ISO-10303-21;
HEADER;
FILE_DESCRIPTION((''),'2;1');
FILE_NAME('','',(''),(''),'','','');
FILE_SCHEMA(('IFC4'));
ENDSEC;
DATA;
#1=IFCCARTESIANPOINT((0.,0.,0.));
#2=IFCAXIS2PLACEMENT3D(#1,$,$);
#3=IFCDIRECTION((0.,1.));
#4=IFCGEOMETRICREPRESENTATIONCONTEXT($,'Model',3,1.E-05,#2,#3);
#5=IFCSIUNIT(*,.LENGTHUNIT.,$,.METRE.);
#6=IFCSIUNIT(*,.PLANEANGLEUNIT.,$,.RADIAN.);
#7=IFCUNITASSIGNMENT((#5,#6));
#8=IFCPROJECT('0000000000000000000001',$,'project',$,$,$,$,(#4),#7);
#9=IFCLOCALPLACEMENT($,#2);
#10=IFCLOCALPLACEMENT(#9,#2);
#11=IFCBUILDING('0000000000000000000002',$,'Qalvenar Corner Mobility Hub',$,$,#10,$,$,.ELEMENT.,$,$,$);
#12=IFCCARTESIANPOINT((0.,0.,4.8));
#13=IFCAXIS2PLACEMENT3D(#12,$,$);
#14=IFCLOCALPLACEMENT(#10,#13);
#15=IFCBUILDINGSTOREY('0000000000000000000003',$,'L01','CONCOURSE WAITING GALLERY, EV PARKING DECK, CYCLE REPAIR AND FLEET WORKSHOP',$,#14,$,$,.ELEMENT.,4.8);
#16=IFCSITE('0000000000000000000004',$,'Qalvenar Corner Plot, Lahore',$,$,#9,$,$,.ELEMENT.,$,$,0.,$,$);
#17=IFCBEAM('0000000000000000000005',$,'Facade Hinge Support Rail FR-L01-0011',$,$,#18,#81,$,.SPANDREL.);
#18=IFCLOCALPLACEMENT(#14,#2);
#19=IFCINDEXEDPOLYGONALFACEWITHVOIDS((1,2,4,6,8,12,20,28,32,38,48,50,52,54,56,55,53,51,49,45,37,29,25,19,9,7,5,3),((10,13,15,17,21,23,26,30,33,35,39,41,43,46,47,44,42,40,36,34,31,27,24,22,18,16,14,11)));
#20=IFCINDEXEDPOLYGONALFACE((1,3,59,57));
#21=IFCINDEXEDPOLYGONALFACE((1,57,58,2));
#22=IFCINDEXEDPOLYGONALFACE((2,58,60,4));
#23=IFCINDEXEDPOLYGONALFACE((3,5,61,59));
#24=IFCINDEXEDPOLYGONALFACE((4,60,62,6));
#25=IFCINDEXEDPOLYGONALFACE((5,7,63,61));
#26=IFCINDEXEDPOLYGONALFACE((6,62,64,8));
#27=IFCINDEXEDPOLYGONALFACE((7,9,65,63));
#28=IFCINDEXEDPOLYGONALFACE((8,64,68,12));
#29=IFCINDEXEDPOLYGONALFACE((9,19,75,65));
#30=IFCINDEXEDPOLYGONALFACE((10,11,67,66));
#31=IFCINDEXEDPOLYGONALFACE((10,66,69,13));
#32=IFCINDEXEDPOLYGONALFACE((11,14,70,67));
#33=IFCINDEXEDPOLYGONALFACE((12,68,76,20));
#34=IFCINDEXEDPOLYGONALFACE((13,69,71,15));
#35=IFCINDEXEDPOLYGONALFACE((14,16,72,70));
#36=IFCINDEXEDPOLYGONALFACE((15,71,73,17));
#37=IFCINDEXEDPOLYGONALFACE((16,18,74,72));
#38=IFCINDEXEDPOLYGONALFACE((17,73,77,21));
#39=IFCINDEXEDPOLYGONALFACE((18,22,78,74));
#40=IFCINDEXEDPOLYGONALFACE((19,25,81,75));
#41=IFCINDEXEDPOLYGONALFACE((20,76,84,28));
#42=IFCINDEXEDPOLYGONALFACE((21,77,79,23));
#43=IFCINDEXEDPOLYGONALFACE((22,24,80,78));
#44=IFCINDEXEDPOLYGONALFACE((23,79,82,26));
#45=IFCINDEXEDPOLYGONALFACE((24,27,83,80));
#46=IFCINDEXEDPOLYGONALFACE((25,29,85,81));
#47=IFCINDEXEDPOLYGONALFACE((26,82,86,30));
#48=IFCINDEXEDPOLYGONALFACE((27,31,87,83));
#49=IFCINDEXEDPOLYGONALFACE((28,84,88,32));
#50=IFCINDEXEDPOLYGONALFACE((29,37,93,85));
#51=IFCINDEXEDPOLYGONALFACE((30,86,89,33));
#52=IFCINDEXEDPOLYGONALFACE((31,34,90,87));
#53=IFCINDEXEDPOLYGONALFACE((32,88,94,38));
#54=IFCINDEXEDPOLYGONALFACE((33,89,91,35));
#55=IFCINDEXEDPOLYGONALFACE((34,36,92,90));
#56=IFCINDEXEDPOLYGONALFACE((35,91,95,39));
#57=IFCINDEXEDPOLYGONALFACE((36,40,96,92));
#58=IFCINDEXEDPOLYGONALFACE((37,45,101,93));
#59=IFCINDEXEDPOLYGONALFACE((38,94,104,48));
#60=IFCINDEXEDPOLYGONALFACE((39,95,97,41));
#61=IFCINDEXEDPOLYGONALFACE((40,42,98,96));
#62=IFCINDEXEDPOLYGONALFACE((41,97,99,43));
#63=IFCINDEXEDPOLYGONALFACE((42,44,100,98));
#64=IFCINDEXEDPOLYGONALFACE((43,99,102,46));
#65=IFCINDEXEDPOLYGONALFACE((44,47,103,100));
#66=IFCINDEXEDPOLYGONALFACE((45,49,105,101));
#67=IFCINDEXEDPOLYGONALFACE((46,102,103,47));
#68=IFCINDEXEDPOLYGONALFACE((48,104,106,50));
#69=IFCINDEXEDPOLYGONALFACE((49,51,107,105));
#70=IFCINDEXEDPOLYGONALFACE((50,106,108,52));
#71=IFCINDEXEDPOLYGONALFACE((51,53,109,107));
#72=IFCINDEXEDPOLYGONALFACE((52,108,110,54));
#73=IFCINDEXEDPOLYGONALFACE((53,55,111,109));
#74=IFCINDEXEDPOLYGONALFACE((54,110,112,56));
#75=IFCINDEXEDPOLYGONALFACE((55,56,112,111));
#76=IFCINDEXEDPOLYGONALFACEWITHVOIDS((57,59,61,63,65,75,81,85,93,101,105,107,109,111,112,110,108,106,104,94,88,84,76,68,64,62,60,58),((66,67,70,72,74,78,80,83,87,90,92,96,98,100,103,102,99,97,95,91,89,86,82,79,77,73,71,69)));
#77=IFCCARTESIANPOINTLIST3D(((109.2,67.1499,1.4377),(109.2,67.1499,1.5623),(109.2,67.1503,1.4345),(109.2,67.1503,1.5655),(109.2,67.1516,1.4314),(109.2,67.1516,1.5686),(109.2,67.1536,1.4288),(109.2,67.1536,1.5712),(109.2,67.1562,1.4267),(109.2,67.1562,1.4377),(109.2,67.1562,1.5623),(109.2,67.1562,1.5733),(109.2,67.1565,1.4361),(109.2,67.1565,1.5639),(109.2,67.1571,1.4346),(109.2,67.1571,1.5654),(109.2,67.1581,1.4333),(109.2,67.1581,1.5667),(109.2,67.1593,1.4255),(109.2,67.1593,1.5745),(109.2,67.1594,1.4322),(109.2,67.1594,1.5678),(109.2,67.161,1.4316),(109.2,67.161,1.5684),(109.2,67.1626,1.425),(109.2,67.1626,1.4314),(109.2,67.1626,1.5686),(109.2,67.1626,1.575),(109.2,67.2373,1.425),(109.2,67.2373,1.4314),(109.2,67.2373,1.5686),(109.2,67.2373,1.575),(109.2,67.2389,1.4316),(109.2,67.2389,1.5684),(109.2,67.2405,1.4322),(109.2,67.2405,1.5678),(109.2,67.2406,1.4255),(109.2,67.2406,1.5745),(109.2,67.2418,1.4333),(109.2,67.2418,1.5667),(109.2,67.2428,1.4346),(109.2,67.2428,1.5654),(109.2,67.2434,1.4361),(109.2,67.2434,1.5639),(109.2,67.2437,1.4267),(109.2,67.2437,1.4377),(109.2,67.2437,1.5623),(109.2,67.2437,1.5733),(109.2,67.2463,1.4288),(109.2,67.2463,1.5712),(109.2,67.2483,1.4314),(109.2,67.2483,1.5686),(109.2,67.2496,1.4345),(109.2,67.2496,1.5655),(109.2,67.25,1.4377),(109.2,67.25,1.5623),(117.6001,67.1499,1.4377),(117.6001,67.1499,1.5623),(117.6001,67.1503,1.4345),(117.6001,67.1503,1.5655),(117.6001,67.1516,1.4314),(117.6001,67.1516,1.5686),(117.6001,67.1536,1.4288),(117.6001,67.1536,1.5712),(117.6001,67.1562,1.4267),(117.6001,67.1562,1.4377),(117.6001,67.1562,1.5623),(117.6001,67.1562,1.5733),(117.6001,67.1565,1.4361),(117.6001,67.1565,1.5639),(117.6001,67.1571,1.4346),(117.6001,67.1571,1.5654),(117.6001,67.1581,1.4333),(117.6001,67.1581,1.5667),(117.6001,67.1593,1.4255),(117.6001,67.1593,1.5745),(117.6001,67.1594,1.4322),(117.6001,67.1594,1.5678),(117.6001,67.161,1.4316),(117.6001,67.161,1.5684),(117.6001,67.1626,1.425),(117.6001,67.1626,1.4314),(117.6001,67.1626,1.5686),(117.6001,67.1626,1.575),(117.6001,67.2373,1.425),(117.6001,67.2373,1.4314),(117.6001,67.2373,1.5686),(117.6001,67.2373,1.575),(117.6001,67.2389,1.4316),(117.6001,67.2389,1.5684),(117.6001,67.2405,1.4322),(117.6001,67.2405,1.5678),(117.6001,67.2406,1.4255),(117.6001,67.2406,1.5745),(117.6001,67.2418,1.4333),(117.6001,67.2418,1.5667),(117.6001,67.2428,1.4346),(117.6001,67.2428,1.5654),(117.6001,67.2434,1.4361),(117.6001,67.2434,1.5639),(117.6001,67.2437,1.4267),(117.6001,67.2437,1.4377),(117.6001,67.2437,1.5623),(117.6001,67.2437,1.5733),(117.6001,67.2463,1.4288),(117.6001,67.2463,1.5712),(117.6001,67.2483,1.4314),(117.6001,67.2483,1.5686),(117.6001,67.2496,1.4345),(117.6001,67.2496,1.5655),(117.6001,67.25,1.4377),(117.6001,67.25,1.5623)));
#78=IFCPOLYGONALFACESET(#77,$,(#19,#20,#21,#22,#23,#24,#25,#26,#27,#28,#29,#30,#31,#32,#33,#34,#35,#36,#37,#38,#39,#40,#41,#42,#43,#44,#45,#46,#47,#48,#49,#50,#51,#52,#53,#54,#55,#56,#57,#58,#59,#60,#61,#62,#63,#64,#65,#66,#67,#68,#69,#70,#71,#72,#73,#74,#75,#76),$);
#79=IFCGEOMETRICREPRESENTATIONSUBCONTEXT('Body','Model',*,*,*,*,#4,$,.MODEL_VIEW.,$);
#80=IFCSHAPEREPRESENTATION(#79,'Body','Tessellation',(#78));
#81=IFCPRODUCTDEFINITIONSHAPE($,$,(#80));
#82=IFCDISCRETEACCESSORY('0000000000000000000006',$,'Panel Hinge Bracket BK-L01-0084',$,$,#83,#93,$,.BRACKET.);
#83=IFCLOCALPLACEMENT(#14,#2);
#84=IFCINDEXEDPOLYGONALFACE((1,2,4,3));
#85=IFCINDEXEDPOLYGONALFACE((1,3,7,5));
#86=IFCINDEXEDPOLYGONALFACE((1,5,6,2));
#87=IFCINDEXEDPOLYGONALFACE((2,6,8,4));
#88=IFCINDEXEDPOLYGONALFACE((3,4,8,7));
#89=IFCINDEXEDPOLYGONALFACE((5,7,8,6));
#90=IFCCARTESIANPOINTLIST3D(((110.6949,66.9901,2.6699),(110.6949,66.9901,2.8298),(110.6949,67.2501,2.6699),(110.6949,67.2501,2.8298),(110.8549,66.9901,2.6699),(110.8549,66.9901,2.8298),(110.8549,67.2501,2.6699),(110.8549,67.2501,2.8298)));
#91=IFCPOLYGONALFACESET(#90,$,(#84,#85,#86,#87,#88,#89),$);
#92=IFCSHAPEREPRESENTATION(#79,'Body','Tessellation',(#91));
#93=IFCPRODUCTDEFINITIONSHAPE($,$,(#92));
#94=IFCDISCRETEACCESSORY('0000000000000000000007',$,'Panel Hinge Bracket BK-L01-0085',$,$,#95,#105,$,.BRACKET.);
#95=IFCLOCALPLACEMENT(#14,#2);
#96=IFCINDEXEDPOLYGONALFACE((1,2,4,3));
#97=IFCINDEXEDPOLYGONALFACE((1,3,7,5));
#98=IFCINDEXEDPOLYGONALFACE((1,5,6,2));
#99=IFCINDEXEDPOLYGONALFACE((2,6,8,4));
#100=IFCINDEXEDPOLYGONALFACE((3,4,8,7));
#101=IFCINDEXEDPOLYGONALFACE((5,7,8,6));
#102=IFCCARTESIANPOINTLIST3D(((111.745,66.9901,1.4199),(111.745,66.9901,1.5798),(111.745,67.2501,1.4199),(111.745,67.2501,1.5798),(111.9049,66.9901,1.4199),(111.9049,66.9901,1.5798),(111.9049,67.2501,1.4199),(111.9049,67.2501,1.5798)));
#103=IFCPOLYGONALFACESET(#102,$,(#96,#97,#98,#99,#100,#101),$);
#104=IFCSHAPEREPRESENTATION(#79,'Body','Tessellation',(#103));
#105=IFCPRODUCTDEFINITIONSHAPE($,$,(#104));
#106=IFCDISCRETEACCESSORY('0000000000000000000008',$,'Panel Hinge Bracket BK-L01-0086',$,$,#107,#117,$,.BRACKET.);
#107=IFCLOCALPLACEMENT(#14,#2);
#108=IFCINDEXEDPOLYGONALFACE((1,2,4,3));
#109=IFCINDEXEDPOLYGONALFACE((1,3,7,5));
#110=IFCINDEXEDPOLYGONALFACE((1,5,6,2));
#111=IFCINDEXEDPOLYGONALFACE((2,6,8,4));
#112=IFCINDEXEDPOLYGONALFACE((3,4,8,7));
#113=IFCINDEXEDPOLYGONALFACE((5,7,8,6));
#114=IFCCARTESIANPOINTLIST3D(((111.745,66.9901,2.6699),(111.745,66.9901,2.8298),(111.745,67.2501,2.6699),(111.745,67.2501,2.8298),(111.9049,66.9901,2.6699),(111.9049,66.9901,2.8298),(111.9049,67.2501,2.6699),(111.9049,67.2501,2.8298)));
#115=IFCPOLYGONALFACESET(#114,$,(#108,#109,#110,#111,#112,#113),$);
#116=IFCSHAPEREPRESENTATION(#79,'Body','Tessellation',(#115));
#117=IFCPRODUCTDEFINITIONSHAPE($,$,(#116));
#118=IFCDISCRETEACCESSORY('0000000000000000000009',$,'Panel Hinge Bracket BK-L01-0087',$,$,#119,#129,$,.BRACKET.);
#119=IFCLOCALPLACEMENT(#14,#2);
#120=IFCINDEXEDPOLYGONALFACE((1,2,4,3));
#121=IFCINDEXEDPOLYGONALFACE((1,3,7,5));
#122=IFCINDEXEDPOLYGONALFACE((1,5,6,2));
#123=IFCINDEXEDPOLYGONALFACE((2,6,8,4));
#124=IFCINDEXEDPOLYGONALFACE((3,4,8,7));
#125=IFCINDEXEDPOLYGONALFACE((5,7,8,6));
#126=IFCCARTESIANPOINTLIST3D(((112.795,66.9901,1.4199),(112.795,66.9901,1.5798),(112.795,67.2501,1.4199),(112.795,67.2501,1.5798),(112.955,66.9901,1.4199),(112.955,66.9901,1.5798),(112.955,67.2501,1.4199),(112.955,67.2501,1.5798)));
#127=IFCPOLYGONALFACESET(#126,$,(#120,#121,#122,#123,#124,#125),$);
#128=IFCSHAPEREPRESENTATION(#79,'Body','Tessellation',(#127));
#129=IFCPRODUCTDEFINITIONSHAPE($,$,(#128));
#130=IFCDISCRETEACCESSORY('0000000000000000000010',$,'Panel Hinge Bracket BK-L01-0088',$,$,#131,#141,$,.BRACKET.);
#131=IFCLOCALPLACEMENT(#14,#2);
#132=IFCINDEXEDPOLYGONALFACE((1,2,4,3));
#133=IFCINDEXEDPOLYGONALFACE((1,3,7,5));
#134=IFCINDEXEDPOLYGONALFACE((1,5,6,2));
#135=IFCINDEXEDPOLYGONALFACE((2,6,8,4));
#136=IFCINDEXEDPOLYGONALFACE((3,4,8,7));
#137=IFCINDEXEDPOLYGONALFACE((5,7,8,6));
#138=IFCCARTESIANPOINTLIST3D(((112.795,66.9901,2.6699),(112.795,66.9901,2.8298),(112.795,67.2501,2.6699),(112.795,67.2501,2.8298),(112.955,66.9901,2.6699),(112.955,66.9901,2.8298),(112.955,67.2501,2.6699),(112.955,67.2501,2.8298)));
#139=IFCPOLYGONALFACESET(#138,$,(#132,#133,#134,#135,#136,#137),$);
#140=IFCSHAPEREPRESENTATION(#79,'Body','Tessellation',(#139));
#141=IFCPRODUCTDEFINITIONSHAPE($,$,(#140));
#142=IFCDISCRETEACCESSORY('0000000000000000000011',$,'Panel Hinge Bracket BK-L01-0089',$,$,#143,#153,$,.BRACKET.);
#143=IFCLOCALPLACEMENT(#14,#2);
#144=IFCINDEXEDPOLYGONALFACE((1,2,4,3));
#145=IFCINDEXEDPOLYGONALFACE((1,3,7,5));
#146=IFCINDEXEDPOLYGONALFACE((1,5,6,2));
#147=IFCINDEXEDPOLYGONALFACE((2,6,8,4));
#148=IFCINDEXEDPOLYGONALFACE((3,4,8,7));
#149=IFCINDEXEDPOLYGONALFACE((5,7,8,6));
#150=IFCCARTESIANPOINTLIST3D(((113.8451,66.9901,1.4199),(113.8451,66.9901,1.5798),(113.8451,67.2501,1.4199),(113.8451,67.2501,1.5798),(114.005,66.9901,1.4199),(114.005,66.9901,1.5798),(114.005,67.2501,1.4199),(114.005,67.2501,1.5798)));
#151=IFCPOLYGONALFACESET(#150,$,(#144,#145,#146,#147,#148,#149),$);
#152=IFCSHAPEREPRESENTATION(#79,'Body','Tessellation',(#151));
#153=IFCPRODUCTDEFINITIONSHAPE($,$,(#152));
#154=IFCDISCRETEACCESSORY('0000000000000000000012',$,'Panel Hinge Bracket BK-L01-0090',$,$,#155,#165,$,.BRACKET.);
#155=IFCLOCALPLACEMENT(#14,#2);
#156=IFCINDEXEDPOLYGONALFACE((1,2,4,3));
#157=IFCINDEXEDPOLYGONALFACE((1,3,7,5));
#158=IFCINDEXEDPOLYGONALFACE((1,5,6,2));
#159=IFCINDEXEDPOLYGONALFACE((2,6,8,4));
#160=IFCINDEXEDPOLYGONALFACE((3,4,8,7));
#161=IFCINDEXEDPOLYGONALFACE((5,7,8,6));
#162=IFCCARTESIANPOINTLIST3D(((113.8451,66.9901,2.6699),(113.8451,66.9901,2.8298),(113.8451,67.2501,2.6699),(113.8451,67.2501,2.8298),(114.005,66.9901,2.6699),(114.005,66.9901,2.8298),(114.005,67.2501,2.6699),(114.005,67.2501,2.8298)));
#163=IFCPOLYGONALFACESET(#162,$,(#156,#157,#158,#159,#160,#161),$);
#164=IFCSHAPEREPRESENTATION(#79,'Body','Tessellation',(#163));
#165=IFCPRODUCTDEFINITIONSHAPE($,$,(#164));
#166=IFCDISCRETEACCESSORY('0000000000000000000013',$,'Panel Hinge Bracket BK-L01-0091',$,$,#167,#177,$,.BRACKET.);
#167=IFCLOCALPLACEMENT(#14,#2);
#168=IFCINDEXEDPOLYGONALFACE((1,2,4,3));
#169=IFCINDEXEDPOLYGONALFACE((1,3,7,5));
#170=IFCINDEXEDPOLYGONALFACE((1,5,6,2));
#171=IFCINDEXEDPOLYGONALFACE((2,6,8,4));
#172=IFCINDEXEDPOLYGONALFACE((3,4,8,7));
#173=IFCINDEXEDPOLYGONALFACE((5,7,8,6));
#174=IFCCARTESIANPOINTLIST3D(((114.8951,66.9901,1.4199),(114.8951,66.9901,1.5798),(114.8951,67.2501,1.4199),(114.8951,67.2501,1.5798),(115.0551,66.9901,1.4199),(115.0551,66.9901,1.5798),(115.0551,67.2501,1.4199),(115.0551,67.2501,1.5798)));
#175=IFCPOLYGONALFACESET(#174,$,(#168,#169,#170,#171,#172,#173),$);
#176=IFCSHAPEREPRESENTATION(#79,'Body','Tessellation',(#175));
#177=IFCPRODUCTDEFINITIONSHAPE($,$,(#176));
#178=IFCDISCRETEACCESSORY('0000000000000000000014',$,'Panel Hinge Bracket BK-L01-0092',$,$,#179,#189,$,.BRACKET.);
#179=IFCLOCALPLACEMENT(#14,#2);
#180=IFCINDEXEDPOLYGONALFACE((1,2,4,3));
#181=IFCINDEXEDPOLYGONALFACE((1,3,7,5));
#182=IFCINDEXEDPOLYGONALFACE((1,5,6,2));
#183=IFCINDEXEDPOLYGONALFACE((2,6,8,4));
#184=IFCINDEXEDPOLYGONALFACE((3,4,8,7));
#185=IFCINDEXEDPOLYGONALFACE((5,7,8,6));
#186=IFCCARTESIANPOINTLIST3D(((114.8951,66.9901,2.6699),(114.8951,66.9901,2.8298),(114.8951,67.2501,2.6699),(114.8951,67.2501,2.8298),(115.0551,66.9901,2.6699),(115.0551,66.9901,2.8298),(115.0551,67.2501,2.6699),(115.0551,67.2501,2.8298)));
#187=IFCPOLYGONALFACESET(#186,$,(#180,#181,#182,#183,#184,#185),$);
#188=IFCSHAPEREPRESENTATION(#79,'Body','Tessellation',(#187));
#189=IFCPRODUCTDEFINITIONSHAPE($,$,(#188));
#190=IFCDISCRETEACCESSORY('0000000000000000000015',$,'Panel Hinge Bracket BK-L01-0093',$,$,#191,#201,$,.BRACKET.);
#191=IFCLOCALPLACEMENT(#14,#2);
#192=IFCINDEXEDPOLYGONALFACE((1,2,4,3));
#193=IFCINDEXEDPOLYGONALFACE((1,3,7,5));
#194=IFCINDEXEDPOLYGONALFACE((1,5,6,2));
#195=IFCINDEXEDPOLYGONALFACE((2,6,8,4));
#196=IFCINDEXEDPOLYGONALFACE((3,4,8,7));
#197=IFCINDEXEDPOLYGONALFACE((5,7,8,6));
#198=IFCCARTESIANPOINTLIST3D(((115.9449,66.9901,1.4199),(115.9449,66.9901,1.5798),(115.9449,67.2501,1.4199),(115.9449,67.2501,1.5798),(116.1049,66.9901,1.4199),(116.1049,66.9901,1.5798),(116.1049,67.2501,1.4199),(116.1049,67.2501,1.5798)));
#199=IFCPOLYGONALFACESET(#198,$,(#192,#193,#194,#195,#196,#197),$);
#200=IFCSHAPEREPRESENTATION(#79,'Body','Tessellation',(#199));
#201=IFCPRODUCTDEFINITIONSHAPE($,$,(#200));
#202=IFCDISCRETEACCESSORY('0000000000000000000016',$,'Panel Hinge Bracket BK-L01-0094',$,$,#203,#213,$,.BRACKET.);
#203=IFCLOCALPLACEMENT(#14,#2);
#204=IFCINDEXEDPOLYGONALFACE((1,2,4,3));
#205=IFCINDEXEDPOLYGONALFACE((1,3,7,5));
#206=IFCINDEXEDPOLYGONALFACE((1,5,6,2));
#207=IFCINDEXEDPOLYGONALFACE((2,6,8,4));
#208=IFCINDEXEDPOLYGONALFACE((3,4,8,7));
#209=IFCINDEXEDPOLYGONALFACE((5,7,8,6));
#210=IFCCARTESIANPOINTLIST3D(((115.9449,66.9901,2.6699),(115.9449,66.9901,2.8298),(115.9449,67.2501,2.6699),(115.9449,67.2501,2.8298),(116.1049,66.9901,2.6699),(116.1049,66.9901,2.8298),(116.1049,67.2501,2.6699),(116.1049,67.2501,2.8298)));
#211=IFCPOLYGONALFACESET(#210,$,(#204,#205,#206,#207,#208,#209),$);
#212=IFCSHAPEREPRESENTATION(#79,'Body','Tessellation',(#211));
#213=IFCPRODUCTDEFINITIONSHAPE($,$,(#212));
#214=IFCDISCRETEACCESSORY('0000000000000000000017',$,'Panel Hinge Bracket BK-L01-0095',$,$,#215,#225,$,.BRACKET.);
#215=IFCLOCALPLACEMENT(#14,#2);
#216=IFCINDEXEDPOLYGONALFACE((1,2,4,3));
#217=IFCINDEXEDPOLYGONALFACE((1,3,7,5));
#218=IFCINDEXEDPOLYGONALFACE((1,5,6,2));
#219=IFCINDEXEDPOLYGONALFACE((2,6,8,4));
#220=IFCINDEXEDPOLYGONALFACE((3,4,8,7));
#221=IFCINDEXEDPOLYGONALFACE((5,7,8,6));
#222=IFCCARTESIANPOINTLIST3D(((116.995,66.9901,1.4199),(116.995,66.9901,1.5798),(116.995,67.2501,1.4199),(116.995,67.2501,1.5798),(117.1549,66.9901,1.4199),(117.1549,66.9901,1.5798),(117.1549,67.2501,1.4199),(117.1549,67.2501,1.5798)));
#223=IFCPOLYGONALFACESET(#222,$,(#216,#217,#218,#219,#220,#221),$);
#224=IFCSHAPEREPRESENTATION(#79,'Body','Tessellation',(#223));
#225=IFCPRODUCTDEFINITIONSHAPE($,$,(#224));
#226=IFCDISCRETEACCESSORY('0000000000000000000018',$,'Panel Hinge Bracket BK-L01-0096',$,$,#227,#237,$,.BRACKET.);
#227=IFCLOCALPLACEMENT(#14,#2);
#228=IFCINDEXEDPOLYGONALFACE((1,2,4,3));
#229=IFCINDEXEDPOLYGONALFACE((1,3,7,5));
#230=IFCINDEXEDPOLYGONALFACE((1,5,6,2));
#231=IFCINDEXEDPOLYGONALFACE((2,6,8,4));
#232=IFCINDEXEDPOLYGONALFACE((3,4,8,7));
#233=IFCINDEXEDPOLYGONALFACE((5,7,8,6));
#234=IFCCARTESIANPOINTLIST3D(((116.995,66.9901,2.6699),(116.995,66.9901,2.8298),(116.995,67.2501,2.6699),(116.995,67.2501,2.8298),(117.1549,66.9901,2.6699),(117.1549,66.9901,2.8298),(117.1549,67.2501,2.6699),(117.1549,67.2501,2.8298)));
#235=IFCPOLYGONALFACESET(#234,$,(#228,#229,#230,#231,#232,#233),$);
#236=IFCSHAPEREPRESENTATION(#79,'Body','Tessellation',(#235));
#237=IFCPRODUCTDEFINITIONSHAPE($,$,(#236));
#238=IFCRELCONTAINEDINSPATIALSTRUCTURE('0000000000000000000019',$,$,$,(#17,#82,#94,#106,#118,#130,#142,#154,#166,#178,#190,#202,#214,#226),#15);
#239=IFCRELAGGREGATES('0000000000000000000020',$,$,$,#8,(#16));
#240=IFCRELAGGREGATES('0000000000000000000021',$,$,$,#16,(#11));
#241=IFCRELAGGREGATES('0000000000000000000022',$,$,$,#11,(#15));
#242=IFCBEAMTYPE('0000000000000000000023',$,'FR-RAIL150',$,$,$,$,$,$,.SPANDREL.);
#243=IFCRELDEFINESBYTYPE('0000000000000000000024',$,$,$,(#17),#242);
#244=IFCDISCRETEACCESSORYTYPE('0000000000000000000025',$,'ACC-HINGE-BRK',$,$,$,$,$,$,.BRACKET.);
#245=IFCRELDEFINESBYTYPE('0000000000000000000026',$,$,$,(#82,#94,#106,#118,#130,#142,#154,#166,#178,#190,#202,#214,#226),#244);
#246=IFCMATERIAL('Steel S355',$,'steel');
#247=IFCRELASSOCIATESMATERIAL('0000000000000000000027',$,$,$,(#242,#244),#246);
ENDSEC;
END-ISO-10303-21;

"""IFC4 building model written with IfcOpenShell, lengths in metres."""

from ifc_helpers import new_model, si_unit, direction, frame, origin, origin_2d, place, context, subcontext, project, spatial, rectangle, hollow_rectangle, extrude, material, material_profile, profile_set, type_object, element, save


model = new_model("IFC4")

# Units and contexts
model_context = context("Model", 3, precision=1e-05, world=origin(), true_north=direction((0.0, 1.0)))
body_context = subcontext(model_context, "Body", "Model", "MODEL_VIEW")
ifc_project = project(units=[si_unit("LENGTHUNIT", "METRE"), si_unit("PLANEANGLEUNIT", "RADIAN")], contexts=[model_context])

# Site, building, storey
site_placement = place(None, origin())
site = spatial("IfcSite", under=ifc_project, at=site_placement, Name="Qalvenar Corner Plot, Lahore", CompositionType="ELEMENT", RefElevation=0.0)
building_placement = place(site_placement, origin())
building = spatial("IfcBuilding", under=site, at=building_placement, Name="Qalvenar Corner Mobility Hub", CompositionType="ELEMENT")
storey_placement = place(building_placement, frame((0.0, 0.0, 4.8)))
storey = spatial("IfcBuildingStorey", under=building, at=storey_placement, Name="L01", Description="CONCOURSE WAITING GALLERY, EV PARKING DECK, CYCLE REPAIR AND FLEET WORKSHOP", CompositionType="ELEMENT", Elevation=4.8)

# Shared definitions
ifc_material = material(Name="Steel S355", Category="steel")

# Beam
ifc_material_profile_1 = material_profile(ifc_material, hollow_rectangle(XDim=0.1001, YDim=0.1499, WallThickness=0.0063, InnerFilletRadius=0.0063, OuterFilletRadius=0.0127, at=origin_2d()), Name="RHS150x100x6.3")
ifc_profile_set_1 = profile_set([ifc_material_profile_1], Name="Steel S355")
beam_type_1 = type_object("IfcBeamType", Name="FR-RAIL150", PredefinedType="SPANDREL", material=ifc_profile_set_1)
beam_1_placement = place(storey_placement, frame((109.2, 67.2, 1.5), z_axis=(1.0, 0.0, 0.0), x_axis=(0.0, 1.0, 0.0)))
element("IfcBeam", 1, at=beam_1_placement, inside=storey, type_object=beam_type_1, Name="Facade Hinge Support Rail FR-L01-0011", PredefinedType="SPANDREL", context=body_context, shape_type="SweptSolid", body=[
    extrude(hollow_rectangle(XDim=0.1001, YDim=0.1499, WallThickness=0.0063, InnerFilletRadius=0.0063, OuterFilletRadius=0.0127, at=origin_2d()), origin(), (0.0, 0.0, 1.0), 8.4001),
])

# Discrete accessories
discrete_accessory_type = type_object("IfcDiscreteAccessoryType", Name="ACC-HINGE-BRK", PredefinedType="BRACKET", material=ifc_material)
for number, where, z_axis, x_axis, name in (
    (2, (110.7749, 67.1201, 2.6699), (0.0, 0.0, 1.0), (1.0, 0.0, 0.0), "Panel Hinge Bracket BK-L01-0084"),
    (3, (111.825, 67.1201, 1.4199), (0.0, 0.0, 1.0), (1.0, 0.0, 0.0), "Panel Hinge Bracket BK-L01-0085"),
    (4, (111.825, 67.1201, 2.6699), (0.0, 0.0, 1.0), (1.0, 0.0, 0.0), "Panel Hinge Bracket BK-L01-0086"),
    (5, (112.875, 67.1201, 1.4199), (0.0, 0.0, 1.0), (1.0, 0.0, 0.0), "Panel Hinge Bracket BK-L01-0087"),
    (6, (112.875, 67.1201, 2.6699), (0.0, 0.0, 1.0), (1.0, 0.0, 0.0), "Panel Hinge Bracket BK-L01-0088"),
    (7, (113.925, 67.1201, 1.4199), (0.0, 0.0, 1.0), (1.0, 0.0, 0.0), "Panel Hinge Bracket BK-L01-0089"),
    (8, (113.925, 67.1201, 2.6699), (0.0, 0.0, 1.0), (1.0, 0.0, 0.0), "Panel Hinge Bracket BK-L01-0090"),
    (9, (114.9751, 67.1201, 1.4199), (0.0, 0.0, 1.0), (1.0, 0.0, 0.0), "Panel Hinge Bracket BK-L01-0091"),
    (10, (114.9751, 67.1201, 2.6699), (0.0, 0.0, 1.0), (1.0, 0.0, 0.0), "Panel Hinge Bracket BK-L01-0092"),
    (11, (116.0249, 67.1201, 1.4199), (0.0, 0.0, 1.0), (1.0, 0.0, 0.0), "Panel Hinge Bracket BK-L01-0093"),
    (12, (116.0249, 67.1201, 2.6699), (0.0, 0.0, 1.0), (1.0, 0.0, 0.0), "Panel Hinge Bracket BK-L01-0094"),
    (13, (117.075, 67.1201, 1.4199), (0.0, 0.0, 1.0), (1.0, 0.0, 0.0), "Panel Hinge Bracket BK-L01-0095"),
    (14, (117.075, 67.1201, 2.6699), (0.0, 0.0, 1.0), (1.0, 0.0, 0.0), "Panel Hinge Bracket BK-L01-0096"),
):
    element("IfcDiscreteAccessory", number, at=place(storey_placement, frame(where, z_axis=z_axis, x_axis=x_axis)), inside=storey, type_object=discrete_accessory_type, Name=name, PredefinedType="BRACKET", context=body_context, shape_type="SweptSolid", body=[
        extrude(rectangle(XDim=0.1599, YDim=0.26, at=origin_2d()), origin(), (0.0, 0.0, 1.0), 0.1599),
    ])

save(model, "model.ifc")
